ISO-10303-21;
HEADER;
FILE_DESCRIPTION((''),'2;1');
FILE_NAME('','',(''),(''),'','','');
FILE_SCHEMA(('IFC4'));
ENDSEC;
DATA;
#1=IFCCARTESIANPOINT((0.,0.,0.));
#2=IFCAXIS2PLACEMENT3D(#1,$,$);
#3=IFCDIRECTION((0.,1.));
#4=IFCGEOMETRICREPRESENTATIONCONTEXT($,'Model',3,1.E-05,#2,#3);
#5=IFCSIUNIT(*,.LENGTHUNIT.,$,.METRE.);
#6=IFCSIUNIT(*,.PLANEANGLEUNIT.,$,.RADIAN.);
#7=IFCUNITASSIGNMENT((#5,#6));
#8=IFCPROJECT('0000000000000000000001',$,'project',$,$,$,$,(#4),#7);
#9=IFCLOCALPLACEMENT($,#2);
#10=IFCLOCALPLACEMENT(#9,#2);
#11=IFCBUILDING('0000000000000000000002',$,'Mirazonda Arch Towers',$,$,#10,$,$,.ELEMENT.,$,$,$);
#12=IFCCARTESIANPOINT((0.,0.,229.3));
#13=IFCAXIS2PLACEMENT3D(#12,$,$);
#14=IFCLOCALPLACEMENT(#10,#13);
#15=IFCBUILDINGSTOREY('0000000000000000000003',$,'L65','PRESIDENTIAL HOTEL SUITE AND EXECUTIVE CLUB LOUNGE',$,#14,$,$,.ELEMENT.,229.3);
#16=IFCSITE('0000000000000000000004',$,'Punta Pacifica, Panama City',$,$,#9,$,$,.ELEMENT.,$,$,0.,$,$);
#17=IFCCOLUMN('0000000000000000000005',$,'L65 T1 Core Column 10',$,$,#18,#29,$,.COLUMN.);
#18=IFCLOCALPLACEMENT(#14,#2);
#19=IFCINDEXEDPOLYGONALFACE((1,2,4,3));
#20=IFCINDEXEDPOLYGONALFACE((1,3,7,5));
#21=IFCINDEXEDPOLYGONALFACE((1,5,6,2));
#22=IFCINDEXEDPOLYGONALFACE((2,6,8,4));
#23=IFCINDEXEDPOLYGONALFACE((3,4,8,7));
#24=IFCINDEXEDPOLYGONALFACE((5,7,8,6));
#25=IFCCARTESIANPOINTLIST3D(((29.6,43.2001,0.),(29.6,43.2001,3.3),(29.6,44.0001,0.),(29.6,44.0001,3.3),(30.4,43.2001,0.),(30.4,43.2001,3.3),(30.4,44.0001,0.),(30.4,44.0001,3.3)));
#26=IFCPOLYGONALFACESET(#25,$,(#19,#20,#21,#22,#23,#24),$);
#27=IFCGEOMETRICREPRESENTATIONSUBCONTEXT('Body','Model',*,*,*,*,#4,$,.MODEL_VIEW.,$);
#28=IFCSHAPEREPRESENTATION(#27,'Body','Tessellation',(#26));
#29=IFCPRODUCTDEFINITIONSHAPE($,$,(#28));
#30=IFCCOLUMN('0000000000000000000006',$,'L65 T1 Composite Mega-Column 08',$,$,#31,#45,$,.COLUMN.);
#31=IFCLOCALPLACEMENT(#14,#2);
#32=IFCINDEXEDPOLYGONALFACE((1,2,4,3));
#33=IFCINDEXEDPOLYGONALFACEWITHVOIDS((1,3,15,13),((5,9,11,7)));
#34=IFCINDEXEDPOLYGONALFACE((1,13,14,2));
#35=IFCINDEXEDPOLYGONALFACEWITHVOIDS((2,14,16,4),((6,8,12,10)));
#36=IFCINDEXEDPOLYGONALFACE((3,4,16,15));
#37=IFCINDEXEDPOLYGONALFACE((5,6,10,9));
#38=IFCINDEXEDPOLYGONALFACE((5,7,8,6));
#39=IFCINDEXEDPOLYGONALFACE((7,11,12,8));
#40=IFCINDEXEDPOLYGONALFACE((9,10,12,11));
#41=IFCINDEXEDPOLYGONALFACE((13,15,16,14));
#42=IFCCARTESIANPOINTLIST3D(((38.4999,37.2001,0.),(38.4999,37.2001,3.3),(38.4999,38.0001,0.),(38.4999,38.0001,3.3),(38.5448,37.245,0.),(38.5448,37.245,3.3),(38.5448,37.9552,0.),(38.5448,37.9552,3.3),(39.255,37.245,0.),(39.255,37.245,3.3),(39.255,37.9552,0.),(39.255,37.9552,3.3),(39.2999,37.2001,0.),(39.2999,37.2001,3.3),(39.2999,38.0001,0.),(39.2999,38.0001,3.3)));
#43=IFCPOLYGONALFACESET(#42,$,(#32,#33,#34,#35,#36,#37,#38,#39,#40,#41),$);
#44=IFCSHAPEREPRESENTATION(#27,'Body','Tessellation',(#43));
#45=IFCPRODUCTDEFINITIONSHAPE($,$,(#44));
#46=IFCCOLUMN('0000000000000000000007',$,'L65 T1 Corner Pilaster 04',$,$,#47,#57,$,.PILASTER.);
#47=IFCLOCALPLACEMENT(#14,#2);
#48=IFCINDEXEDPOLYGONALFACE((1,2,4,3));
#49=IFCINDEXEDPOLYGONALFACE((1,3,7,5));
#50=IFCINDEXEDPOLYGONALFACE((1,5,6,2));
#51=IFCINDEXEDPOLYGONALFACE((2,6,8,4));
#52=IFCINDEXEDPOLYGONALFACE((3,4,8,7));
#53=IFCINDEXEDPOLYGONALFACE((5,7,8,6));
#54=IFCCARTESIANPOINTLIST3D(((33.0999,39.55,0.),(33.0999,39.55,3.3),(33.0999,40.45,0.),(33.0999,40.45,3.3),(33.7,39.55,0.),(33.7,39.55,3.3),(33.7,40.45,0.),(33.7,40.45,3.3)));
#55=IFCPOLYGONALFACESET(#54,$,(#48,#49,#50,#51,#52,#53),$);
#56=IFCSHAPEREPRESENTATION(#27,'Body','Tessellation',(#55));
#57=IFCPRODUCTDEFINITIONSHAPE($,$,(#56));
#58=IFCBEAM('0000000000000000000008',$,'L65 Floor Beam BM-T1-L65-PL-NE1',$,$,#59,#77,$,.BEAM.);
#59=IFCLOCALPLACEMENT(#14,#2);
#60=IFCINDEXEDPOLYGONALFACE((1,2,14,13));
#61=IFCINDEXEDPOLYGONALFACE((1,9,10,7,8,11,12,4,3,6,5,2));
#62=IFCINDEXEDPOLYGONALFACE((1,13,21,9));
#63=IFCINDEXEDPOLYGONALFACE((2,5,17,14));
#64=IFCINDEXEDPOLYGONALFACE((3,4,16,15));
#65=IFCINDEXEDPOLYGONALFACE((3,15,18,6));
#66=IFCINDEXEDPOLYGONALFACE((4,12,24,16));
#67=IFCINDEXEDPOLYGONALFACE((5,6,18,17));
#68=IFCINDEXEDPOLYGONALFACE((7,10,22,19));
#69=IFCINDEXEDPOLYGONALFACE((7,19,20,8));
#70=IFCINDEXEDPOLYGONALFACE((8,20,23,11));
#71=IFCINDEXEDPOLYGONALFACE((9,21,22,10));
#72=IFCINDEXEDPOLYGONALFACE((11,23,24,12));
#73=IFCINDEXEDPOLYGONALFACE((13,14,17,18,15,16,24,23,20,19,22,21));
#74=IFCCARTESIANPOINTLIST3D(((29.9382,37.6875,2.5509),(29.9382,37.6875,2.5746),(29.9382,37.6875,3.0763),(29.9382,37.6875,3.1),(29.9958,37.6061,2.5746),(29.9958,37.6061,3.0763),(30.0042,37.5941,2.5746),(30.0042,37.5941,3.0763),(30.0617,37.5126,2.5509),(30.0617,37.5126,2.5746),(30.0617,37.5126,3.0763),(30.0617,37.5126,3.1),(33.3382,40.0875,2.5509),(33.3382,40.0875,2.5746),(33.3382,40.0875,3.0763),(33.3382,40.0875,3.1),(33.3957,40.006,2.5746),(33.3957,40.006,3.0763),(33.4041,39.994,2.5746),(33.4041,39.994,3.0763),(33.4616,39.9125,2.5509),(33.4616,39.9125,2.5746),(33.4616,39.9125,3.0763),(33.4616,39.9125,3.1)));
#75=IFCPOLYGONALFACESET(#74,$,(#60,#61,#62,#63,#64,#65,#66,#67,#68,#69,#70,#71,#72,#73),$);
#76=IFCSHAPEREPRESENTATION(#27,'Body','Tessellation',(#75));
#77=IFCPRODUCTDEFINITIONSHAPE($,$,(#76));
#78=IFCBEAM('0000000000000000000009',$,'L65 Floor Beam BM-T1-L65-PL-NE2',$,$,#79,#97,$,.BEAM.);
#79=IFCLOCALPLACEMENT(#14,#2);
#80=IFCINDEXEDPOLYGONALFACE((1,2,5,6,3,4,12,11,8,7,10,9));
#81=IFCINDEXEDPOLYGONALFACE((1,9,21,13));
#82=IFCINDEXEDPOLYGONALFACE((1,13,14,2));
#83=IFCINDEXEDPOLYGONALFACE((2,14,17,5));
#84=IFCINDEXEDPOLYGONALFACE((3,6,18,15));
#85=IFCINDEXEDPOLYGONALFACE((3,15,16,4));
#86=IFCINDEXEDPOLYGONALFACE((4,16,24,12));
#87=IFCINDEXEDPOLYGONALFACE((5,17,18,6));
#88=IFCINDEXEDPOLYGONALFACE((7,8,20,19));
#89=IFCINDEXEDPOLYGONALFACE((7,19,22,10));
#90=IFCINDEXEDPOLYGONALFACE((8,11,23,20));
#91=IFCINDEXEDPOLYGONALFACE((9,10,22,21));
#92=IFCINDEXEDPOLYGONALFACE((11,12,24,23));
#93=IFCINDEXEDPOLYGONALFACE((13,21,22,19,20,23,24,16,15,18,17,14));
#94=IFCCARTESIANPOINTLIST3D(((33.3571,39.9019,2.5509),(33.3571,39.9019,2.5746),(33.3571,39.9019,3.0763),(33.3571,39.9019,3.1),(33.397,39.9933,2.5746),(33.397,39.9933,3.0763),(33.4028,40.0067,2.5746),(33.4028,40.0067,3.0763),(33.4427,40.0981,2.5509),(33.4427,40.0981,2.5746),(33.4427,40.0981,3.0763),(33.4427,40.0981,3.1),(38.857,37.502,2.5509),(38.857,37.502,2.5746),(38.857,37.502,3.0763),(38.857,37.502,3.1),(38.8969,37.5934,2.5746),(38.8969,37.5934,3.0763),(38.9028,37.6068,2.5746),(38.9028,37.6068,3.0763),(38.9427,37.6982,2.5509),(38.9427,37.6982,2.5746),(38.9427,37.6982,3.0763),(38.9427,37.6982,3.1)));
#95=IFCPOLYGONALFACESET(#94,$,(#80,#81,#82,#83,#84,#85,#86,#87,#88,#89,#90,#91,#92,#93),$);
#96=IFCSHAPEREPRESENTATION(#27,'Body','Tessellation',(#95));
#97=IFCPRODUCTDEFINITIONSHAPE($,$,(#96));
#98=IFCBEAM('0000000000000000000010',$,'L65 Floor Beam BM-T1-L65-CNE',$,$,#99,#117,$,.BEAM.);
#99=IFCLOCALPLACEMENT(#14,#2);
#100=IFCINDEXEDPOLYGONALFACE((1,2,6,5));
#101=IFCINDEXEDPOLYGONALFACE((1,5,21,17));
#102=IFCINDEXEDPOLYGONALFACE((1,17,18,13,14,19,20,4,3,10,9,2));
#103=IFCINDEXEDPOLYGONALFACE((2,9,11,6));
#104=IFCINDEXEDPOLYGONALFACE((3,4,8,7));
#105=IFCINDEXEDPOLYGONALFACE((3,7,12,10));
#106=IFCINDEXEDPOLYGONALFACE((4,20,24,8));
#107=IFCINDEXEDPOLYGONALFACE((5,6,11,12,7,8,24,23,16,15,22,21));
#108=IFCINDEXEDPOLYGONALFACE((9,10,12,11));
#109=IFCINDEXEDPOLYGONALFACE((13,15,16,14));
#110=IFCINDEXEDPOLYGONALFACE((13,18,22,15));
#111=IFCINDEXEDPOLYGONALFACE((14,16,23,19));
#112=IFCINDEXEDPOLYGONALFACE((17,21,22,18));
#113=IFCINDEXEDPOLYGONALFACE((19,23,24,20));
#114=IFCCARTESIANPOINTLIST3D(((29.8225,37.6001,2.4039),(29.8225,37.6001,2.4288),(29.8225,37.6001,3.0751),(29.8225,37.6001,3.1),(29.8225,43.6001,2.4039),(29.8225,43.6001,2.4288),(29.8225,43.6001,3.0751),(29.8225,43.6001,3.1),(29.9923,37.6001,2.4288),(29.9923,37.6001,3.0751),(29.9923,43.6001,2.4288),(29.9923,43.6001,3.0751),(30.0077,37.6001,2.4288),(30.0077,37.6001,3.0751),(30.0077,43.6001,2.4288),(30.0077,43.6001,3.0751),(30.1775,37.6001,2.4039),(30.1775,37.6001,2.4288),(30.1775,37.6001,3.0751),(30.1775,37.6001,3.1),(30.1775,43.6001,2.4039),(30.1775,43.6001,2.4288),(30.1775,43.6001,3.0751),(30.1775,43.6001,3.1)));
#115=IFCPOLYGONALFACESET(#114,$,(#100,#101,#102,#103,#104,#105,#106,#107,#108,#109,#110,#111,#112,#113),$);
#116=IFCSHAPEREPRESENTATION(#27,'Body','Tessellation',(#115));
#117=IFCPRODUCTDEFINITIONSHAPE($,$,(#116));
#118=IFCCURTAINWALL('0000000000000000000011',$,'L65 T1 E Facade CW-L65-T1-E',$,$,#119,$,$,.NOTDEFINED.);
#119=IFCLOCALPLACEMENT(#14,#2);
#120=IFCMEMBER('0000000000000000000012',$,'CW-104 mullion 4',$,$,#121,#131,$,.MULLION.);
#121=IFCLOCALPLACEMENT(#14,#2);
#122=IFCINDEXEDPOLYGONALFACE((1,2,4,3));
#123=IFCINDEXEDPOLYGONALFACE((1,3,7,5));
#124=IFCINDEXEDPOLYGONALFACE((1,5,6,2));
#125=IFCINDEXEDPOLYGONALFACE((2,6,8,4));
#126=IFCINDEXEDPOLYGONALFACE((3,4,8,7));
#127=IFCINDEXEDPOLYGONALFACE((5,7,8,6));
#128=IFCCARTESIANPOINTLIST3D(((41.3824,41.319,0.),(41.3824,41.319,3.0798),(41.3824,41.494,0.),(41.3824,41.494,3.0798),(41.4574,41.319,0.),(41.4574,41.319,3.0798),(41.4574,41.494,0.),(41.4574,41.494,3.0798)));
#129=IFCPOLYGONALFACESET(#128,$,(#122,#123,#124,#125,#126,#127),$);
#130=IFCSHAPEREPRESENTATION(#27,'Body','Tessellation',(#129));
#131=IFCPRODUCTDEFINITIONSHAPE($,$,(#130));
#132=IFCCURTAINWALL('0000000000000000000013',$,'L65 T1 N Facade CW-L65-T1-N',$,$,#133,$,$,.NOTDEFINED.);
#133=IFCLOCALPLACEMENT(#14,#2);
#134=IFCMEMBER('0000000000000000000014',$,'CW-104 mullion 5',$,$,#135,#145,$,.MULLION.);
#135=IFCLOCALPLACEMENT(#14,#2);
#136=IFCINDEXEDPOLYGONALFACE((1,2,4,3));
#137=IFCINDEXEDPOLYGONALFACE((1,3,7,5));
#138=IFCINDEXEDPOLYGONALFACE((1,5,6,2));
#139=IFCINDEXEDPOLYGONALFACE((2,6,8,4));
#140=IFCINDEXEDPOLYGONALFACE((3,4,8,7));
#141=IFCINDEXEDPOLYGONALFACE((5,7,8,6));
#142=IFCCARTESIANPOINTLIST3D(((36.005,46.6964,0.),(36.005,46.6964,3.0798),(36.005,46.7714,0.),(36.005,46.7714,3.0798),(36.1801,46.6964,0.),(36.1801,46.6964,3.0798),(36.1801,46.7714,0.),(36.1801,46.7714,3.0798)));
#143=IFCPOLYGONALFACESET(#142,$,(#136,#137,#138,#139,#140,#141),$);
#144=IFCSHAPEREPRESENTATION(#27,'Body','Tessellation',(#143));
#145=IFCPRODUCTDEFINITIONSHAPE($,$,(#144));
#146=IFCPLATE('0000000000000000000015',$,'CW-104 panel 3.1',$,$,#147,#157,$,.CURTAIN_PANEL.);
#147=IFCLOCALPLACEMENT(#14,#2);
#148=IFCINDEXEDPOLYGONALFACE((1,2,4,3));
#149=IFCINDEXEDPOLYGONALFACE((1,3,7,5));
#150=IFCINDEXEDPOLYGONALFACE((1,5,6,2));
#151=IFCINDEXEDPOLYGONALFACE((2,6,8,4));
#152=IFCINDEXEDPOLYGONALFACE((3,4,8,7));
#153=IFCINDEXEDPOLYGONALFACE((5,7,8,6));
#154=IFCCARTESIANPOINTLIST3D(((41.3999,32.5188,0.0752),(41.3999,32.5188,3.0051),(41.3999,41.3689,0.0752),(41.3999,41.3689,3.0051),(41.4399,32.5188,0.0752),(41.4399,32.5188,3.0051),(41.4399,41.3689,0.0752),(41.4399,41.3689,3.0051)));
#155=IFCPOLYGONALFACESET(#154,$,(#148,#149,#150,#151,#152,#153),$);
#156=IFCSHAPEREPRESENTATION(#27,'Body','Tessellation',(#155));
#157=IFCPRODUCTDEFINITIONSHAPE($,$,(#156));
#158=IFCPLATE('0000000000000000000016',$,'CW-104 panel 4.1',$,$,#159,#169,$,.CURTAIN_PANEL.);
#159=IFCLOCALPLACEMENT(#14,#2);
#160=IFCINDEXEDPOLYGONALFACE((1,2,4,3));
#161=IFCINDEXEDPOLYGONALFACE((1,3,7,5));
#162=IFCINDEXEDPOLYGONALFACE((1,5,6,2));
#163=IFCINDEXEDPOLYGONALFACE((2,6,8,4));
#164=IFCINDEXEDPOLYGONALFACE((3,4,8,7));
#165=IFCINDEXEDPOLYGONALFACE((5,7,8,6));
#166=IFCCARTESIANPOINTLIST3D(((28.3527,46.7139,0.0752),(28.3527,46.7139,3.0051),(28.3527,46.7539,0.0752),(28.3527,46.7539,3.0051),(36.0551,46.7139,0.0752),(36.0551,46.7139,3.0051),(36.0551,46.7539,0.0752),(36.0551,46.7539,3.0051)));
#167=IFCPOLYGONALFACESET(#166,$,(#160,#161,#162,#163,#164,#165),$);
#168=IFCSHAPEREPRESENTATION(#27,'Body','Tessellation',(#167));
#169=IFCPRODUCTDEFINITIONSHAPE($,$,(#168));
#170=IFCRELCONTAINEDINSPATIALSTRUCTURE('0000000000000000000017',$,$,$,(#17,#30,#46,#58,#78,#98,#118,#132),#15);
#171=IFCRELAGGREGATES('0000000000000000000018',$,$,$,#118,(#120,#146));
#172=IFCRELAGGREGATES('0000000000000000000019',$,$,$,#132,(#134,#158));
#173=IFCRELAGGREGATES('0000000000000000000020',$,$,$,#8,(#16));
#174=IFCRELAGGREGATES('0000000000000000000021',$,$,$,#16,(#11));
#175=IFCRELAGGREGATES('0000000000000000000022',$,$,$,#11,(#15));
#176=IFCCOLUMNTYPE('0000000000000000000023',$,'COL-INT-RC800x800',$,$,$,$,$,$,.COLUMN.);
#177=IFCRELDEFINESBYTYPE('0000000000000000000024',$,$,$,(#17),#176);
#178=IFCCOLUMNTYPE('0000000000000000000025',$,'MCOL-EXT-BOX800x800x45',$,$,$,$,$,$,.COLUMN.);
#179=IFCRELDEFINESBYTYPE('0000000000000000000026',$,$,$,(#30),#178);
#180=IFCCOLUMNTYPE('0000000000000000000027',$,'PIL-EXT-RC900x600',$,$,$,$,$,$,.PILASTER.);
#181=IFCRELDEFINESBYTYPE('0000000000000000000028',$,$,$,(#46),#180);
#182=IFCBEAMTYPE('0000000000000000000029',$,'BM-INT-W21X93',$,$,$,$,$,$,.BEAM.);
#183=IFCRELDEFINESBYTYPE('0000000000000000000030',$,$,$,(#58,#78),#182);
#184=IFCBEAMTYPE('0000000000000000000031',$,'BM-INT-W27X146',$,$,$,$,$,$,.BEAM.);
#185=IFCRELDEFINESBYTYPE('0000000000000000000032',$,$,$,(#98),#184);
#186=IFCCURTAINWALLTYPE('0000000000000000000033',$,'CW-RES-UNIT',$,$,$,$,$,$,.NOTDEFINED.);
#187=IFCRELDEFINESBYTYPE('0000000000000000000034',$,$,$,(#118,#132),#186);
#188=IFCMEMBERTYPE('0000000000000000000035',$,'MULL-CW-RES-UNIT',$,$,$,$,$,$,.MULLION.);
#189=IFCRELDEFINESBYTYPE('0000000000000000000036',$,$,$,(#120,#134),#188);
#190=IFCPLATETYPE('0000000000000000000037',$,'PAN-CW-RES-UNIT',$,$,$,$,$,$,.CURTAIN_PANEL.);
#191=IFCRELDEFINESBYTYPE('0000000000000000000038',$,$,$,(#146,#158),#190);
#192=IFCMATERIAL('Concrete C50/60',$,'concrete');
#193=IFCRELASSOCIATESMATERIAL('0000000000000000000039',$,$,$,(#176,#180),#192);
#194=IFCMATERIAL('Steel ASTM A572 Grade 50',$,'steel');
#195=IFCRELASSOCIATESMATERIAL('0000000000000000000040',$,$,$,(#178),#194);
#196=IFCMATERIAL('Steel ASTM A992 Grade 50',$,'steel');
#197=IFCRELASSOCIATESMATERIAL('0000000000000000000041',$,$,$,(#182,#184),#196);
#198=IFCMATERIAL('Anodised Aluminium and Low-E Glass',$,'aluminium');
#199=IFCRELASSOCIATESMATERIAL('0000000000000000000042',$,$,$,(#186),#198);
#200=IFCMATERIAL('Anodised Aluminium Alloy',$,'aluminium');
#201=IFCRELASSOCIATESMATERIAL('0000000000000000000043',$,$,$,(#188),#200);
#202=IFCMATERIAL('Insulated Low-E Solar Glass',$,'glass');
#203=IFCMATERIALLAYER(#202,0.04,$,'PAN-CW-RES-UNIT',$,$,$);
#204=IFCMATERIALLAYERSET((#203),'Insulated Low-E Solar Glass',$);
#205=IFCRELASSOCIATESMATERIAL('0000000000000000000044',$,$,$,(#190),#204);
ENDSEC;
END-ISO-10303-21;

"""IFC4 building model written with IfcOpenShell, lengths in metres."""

from ifc_helpers import new_model, si_unit, direction, frame, origin, origin_2d, place, context, subcontext, project, spatial, rectangle, hollow_rectangle, i_section, extrude, material, layer, layer_set, material_profile, profile_set, type_object, element, aggregate, save


model = new_model("IFC4")

# Units and contexts
model_context = context("Model", 3, precision=1e-05, world=origin(), true_north=direction((0.0, 1.0)))
body_context = subcontext(model_context, "Body", "Model", "MODEL_VIEW")
ifc_project = project(units=[si_unit("LENGTHUNIT", "METRE"), si_unit("PLANEANGLEUNIT", "RADIAN")], contexts=[model_context])

# Site, building, storey
site_placement = place(None, origin())
site = spatial("IfcSite", under=ifc_project, at=site_placement, Name="Punta Pacifica, Panama City", CompositionType="ELEMENT", RefElevation=0.0)
building_placement = place(site_placement, origin())
building = spatial("IfcBuilding", under=site, at=building_placement, Name="Mirazonda Arch Towers", CompositionType="ELEMENT")
storey_placement = place(building_placement, frame((0.0, 0.0, 229.3)))
storey = spatial("IfcBuildingStorey", under=building, at=storey_placement, Name="L65", Description="PRESIDENTIAL HOTEL SUITE AND EXECUTIVE CLUB LOUNGE", CompositionType="ELEMENT", Elevation=229.3)

# Columns
ifc_material_1 = material(Name="Concrete C50/60", Category="concrete")
ifc_material_profile_1 = material_profile(ifc_material_1, rectangle(XDim=0.8, YDim=0.8, at=origin_2d()), Name="RC800x800")
ifc_profile_set_1 = profile_set([ifc_material_profile_1], Name="Concrete C50/60")
column_type_1 = type_object("IfcColumnType", Name="COL-INT-RC800x800", PredefinedType="COLUMN", material=ifc_profile_set_1)
column_1_placement = place(storey_placement, frame((30.0, 43.6001, 0.0), z_axis=(0.0, 0.0, 1.0), x_axis=(1.0, 0.0, 0.0)))
element("IfcColumn", 1, at=column_1_placement, inside=storey, type_object=column_type_1, Name="L65 T1 Core Column 10", PredefinedType="COLUMN", context=body_context, shape_type="SweptSolid", body=[
    extrude(rectangle(XDim=0.8, YDim=0.8, at=origin_2d()), origin(), (0.0, 0.0, 1.0), 3.3),
])
ifc_material_2 = material(Name="Steel ASTM A572 Grade 50", Category="steel")
ifc_material_profile_2 = material_profile(ifc_material_2, hollow_rectangle(XDim=0.8, YDim=0.8, WallThickness=0.0449, at=origin_2d()), Name="BOX800x800x45")
ifc_profile_set_2 = profile_set([ifc_material_profile_2], Name="Steel ASTM A572 Grade 50")
column_type_2 = type_object("IfcColumnType", Name="MCOL-EXT-BOX800x800x45", PredefinedType="COLUMN", material=ifc_profile_set_2)
column_2_placement = place(storey_placement, frame((38.8999, 37.6001, 0.0), z_axis=(0.0, 0.0, 1.0), x_axis=(1.0, 0.0, 0.0)))
element("IfcColumn", 2, at=column_2_placement, inside=storey, type_object=column_type_2, Name="L65 T1 Composite Mega-Column 08", PredefinedType="COLUMN", context=body_context, shape_type="SweptSolid", body=[
    extrude(hollow_rectangle(XDim=0.8, YDim=0.8, WallThickness=0.0449, at=origin_2d()), origin(), (0.0, 0.0, 1.0), 3.3),
])
ifc_material_profile_3 = material_profile(ifc_material_1, rectangle(XDim=0.6001, YDim=0.8999, at=origin_2d()), Name="RC900x600")
ifc_profile_set_3 = profile_set([ifc_material_profile_3], Name="Concrete C50/60")
column_type_3 = type_object("IfcColumnType", Name="PIL-EXT-RC900x600", PredefinedType="PILASTER", material=ifc_profile_set_3)
column_3_placement = place(storey_placement, frame((33.3999, 40.0, 0.0), z_axis=(0.0, 0.0, 1.0), x_axis=(1.0, 0.0, 0.0)))
element("IfcColumn", 3, at=column_3_placement, inside=storey, type_object=column_type_3, Name="L65 T1 Corner Pilaster 04", PredefinedType="PILASTER", context=body_context, shape_type="SweptSolid", body=[
    extrude(rectangle(XDim=0.6001, YDim=0.8999, at=origin_2d()), origin(), (0.0, 0.0, 1.0), 3.3),
])

# Beams
ifc_material_3 = material(Name="Steel ASTM A992 Grade 50", Category="steel")
ifc_material_profile_4 = material_profile(ifc_material_3, i_section(OverallWidth=0.2141, OverallDepth=0.5491, WebThickness=0.0146, FlangeThickness=0.0237, at=origin_2d()), Name="W21X93")
ifc_profile_set_4 = profile_set([ifc_material_profile_4], Name="Steel ASTM A992 Grade 50")
beam_type_1 = type_object("IfcBeamType", Name="BM-INT-W21X93", PredefinedType="BEAM", material=ifc_profile_set_4)
beam_1_placement = place(storey_placement, frame((33.3999, 40.0, 2.8254), z_axis=(-0.816971, -0.576679, 0.0), x_axis=(0.576679, -0.816971, 0.0)))
element("IfcBeam", 4, at=beam_1_placement, inside=storey, type_object=beam_type_1, Name="L65 Floor Beam BM-T1-L65-PL-NE1", PredefinedType="BEAM", context=body_context, shape_type="SweptSolid", body=[
    extrude(i_section(OverallWidth=0.2141, OverallDepth=0.5491, WebThickness=0.0146, FlangeThickness=0.0237, at=origin_2d()), origin(), (0.0, 0.0, 1.0), 4.1616),
])
beam_2_placement = place(storey_placement, frame((33.3999, 40.0, 2.8254), z_axis=(0.916545, -0.399931, 0.0), x_axis=(0.399931, 0.916545, 0.0)))
element("IfcBeam", 5, at=beam_2_placement, inside=storey, type_object=beam_type_1, Name="L65 Floor Beam BM-T1-L65-PL-NE2", PredefinedType="BEAM", context=body_context, shape_type="SweptSolid", body=[
    extrude(i_section(OverallWidth=0.2141, OverallDepth=0.5491, WebThickness=0.0146, FlangeThickness=0.0237, at=origin_2d()), origin(), (0.0, 0.0, 1.0), 6.0007),
])
ifc_material_profile_5 = material_profile(ifc_material_3, i_section(OverallWidth=0.355, OverallDepth=0.696, WebThickness=0.0154, FlangeThickness=0.0249, at=origin_2d()), Name="W27X146")
ifc_profile_set_5 = profile_set([ifc_material_profile_5], Name="Steel ASTM A992 Grade 50")
beam_type_2 = type_object("IfcBeamType", Name="BM-INT-W27X146", PredefinedType="BEAM", material=ifc_profile_set_5)
beam_3_placement = place(storey_placement, frame((30.0, 37.6001, 2.752), z_axis=(0.0, 1.0, 0.0), x_axis=(-1.0, 0.0, 0.0)))
element("IfcBeam", 6, at=beam_3_placement, inside=storey, type_object=beam_type_2, Name="L65 Floor Beam BM-T1-L65-CNE", PredefinedType="BEAM", context=body_context, shape_type="SweptSolid", body=[
    extrude(i_section(OverallWidth=0.355, OverallDepth=0.696, WebThickness=0.0154, FlangeThickness=0.0249, at=origin_2d()), origin(), (0.0, 0.0, 1.0), 6.0),
])

# Curtain walls, members
ifc_material_4 = material(Name="Anodised Aluminium and Low-E Glass", Category="aluminium")
curtain_wall_type = type_object("IfcCurtainWallType", Name="CW-RES-UNIT", PredefinedType="NOTDEFINED", material=ifc_material_4)
curtain_wall_1_placement = place(storey_placement, origin())
curtain_wall_1 = element("IfcCurtainWall", 7, at=curtain_wall_1_placement, inside=storey, type_object=curtain_wall_type, Name="L65 T1 E Facade CW-L65-T1-E", PredefinedType="NOTDEFINED")
ifc_material_5 = material(Name="Anodised Aluminium Alloy", Category="aluminium")
ifc_material_profile_6 = material_profile(ifc_material_5, rectangle(XDim=0.075, YDim=0.175, at=origin_2d()), Name="ALU-MULL-75x175")
ifc_profile_set_6 = profile_set([ifc_material_profile_6], Name="Anodised Aluminium Alloy")
member_type = type_object("IfcMemberType", Name="MULL-CW-RES-UNIT", PredefinedType="MULLION", material=ifc_profile_set_6)
member_1_placement = place(storey_placement, frame((41.4199, 41.4065, 0.0), z_axis=(0.0, 0.0, 1.0), x_axis=(-1.0, 0.0, 0.0)))
member_1 = element("IfcMember", 8, at=member_1_placement, type_object=member_type, Name="CW-104 mullion 4", PredefinedType="MULLION", context=body_context, shape_type="SweptSolid", body=[
    extrude(rectangle(XDim=0.075, YDim=0.175, at=origin_2d()), origin(), (0.0, 0.0, 1.0), 3.0798),
])
curtain_wall_2_placement = place(storey_placement, origin())
curtain_wall_2 = element("IfcCurtainWall", 9, at=curtain_wall_2_placement, inside=storey, type_object=curtain_wall_type, Name="L65 T1 N Facade CW-L65-T1-N", PredefinedType="NOTDEFINED")
member_2_placement = place(storey_placement, frame((36.0925, 46.7339, 0.0), z_axis=(0.0, 0.0, 1.0), x_axis=(0.0, 1.0, 0.0)))
member_2 = element("IfcMember", 10, at=member_2_placement, type_object=member_type, Name="CW-104 mullion 5", PredefinedType="MULLION", context=body_context, shape_type="SweptSolid", body=[
    extrude(rectangle(XDim=0.075, YDim=0.175, at=origin_2d()), origin(), (0.0, 0.0, 1.0), 3.0798),
])

# Plates
ifc_material_6 = material(Name="Insulated Low-E Solar Glass", Category="glass")
ifc_layer_1 = layer(ifc_material_6, 0.04, Name="PAN-CW-RES-UNIT")
ifc_layer_set_1 = layer_set([ifc_layer_1], Name="Insulated Low-E Solar Glass")
plate_type = type_object("IfcPlateType", Name="PAN-CW-RES-UNIT", PredefinedType="CURTAIN_PANEL", material=ifc_layer_set_1)
plate_1_placement = place(storey_placement, frame((41.4199, 36.9438, 0.0752), z_axis=(0.0, 0.0, 1.0), x_axis=(0.0, 1.0, 0.0)))
plate_1 = element("IfcPlate", 11, at=plate_1_placement, type_object=plate_type, Name="CW-104 panel 3.1", PredefinedType="CURTAIN_PANEL", context=body_context, shape_type="SweptSolid", body=[
    extrude(rectangle(XDim=8.8501, YDim=0.04, at=origin_2d()), origin(), (0.0, 0.0, 1.0), 2.9299),
])
aggregate(curtain_wall_1, [member_1, plate_1])
plate_2_placement = place(storey_placement, frame((32.2039, 46.7339, 0.0752), z_axis=(0.0, 0.0, 1.0), x_axis=(1.0, 0.0, 0.0)))
plate_2 = element("IfcPlate", 12, at=plate_2_placement, type_object=plate_type, Name="CW-104 panel 4.1", PredefinedType="CURTAIN_PANEL", context=body_context, shape_type="SweptSolid", body=[
    extrude(rectangle(XDim=7.7024, YDim=0.04, at=origin_2d()), origin(), (0.0, 0.0, 1.0), 2.9299),
])
aggregate(curtain_wall_2, [member_2, plate_2])

save(model, "model.ifc")
